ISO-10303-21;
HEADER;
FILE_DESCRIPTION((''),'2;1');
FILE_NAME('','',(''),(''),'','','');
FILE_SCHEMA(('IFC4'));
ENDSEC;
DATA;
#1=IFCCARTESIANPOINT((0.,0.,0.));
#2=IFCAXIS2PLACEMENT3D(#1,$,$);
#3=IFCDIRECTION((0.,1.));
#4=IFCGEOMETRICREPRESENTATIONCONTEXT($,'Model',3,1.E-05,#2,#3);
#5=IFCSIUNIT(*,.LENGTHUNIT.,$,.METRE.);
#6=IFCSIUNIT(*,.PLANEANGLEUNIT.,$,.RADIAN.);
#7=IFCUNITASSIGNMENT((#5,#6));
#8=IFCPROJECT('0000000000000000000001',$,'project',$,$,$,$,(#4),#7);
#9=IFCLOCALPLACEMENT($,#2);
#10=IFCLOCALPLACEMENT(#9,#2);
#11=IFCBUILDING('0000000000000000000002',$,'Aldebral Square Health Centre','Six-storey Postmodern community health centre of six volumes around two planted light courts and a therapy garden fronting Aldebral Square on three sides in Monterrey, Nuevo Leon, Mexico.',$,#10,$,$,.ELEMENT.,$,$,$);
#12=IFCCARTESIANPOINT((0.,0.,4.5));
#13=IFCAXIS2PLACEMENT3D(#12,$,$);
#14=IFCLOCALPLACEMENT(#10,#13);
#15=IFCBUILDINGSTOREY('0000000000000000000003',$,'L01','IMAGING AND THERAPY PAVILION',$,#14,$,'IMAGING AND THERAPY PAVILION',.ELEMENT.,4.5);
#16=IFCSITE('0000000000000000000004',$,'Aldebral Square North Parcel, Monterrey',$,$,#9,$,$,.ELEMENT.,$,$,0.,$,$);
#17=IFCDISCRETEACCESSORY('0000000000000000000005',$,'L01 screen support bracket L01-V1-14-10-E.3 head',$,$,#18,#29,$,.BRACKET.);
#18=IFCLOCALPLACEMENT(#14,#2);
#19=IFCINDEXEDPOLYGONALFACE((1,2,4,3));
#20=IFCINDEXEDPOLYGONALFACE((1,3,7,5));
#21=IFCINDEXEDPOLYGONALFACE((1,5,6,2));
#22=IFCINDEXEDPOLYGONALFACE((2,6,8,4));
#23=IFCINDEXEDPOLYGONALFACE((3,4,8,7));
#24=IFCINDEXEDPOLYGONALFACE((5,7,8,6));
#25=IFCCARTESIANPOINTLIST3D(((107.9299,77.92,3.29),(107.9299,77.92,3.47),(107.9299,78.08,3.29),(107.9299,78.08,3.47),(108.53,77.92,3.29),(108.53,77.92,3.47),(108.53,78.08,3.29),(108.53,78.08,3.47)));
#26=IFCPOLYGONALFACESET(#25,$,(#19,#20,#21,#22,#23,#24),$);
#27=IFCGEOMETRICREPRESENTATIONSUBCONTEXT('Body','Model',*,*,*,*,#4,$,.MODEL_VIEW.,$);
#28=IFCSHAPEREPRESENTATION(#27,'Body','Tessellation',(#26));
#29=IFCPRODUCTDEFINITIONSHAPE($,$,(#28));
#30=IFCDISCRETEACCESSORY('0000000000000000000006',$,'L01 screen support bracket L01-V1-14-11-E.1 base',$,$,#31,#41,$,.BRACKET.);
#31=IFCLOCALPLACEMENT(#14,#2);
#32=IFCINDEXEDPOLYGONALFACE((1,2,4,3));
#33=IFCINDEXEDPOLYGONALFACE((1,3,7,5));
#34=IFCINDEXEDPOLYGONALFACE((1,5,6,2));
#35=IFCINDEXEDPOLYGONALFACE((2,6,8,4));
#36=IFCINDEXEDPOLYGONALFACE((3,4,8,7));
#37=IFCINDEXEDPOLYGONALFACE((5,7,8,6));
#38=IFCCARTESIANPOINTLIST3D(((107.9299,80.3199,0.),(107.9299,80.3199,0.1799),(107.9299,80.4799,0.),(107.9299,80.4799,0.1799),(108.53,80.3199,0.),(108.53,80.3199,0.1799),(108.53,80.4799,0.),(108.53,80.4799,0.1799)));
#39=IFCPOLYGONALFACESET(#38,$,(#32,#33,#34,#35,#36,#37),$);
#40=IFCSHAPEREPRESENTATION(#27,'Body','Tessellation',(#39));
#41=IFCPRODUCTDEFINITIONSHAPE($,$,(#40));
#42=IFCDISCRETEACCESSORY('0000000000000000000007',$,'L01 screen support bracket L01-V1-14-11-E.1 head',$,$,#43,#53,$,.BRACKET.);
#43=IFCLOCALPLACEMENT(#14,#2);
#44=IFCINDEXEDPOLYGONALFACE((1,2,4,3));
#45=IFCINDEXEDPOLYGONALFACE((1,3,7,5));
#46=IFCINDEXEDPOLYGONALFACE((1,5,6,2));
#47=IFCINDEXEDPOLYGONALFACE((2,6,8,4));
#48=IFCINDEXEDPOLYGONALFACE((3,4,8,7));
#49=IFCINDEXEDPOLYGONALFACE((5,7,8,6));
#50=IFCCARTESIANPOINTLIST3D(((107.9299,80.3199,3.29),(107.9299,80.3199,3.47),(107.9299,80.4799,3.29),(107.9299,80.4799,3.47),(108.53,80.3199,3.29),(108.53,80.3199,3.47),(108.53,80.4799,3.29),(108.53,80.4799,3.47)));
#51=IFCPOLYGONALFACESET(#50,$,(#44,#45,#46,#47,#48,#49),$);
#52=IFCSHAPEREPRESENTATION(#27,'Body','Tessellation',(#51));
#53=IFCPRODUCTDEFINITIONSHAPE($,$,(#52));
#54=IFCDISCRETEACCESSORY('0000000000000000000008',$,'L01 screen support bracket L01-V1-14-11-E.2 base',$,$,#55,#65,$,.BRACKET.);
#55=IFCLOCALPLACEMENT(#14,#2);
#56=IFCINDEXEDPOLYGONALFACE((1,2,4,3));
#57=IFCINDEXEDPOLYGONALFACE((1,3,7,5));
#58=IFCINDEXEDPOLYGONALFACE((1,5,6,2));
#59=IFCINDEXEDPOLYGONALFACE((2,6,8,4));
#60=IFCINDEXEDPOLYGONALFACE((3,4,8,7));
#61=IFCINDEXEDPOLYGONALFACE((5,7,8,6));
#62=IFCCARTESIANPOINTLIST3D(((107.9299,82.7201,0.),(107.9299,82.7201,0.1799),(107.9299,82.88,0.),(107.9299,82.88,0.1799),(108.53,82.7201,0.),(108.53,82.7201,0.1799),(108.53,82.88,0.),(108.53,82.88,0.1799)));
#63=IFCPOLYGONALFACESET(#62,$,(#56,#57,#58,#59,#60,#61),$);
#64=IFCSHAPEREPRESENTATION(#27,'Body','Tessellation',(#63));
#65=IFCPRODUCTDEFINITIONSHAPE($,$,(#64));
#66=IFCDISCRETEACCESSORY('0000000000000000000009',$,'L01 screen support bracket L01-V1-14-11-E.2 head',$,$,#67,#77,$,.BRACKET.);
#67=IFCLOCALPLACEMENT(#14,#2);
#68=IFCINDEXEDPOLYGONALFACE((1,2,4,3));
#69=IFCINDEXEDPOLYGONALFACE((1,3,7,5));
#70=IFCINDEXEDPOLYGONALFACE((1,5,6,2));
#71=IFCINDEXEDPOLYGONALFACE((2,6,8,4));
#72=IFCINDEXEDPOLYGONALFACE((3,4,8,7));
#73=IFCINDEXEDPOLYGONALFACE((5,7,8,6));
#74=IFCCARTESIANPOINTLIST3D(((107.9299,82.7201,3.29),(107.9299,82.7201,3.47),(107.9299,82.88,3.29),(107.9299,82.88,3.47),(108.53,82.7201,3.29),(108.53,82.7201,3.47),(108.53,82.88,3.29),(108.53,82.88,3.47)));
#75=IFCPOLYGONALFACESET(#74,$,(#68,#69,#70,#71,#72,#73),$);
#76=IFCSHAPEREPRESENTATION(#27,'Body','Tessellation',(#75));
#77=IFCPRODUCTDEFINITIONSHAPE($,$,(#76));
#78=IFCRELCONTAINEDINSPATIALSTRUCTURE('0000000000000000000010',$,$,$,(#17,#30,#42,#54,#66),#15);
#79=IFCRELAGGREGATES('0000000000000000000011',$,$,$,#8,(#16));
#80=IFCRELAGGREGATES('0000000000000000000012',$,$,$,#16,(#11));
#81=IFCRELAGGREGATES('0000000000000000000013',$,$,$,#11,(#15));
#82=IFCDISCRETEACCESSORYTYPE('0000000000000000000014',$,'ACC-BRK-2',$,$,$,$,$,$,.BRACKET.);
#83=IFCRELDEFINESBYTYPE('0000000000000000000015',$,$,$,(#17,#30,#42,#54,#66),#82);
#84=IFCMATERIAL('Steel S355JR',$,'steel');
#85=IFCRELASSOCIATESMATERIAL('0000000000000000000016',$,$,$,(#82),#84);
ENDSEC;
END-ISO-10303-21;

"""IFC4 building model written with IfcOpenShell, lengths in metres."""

from ifc_helpers import new_model, si_unit, direction, frame, origin, origin_2d, place, context, subcontext, project, spatial, rectangle, extrude, material, type_object, element, save


model = new_model("IFC4")

# Units and contexts
model_context = context("Model", 3, precision=1e-05, world=origin(), true_north=direction((0.0, 1.0)))
body_context = subcontext(model_context, "Body", "Model", "MODEL_VIEW")
ifc_project = project(units=[si_unit("LENGTHUNIT", "METRE"), si_unit("PLANEANGLEUNIT", "RADIAN")], contexts=[model_context])

# Site, building, storey
site_placement = place(None, origin())
site = spatial("IfcSite", under=ifc_project, at=site_placement, Name="Aldebral Square North Parcel, Monterrey", CompositionType="ELEMENT", RefElevation=0.0)
building_placement = place(site_placement, origin())
building = spatial("IfcBuilding", under=site, at=building_placement, Name="Aldebral Square Health Centre", Description="Six-storey Postmodern community health centre of six volumes around two planted light courts and a therapy garden fronting Aldebral Square on three sides in Monterrey, Nuevo Leon, Mexico.", CompositionType="ELEMENT")
storey_placement = place(building_placement, frame((0.0, 0.0, 4.5)))
storey = spatial("IfcBuildingStorey", under=building, at=storey_placement, Name="L01", Description="IMAGING AND THERAPY PAVILION", LongName="IMAGING AND THERAPY PAVILION", CompositionType="ELEMENT", Elevation=4.5)

# Discrete accessories
ifc_material_1 = material(Name="Steel S355JR", Category="steel")
discrete_accessory_type = type_object("IfcDiscreteAccessoryType", Name="ACC-BRK-2", PredefinedType="BRACKET", material=ifc_material_1)
for number, where, z_axis, x_axis, name in (
    (1, (108.23, 78.0, 3.29), (0.0, 0.0, 1.0), (0.0, 1.0, 0.0), "L01 screen support bracket L01-V1-14-10-E.3 head"),
    (2, (108.23, 80.3999, 0.0), (0.0, 0.0, 1.0), (0.0, 1.0, 0.0), "L01 screen support bracket L01-V1-14-11-E.1 base"),
    (3, (108.23, 80.3999, 3.29), (0.0, 0.0, 1.0), (0.0, 1.0, 0.0), "L01 screen support bracket L01-V1-14-11-E.1 head"),
    (4, (108.23, 82.8, 0.0), (0.0, 0.0, 1.0), (0.0, 1.0, 0.0), "L01 screen support bracket L01-V1-14-11-E.2 base"),
    (5, (108.23, 82.8, 3.29), (0.0, 0.0, 1.0), (0.0, 1.0, 0.0), "L01 screen support bracket L01-V1-14-11-E.2 head"),
):
    element("IfcDiscreteAccessory", number, at=place(storey_placement, frame(where, z_axis=z_axis, x_axis=x_axis)), inside=storey, type_object=discrete_accessory_type, Name=name, PredefinedType="BRACKET", context=body_context, shape_type="SweptSolid", body=[
        extrude(rectangle(XDim=0.1599, YDim=0.6001, at=origin_2d()), origin(), (0.0, 0.0, 1.0), 0.1799),
    ])

save(model, "model.ifc")
